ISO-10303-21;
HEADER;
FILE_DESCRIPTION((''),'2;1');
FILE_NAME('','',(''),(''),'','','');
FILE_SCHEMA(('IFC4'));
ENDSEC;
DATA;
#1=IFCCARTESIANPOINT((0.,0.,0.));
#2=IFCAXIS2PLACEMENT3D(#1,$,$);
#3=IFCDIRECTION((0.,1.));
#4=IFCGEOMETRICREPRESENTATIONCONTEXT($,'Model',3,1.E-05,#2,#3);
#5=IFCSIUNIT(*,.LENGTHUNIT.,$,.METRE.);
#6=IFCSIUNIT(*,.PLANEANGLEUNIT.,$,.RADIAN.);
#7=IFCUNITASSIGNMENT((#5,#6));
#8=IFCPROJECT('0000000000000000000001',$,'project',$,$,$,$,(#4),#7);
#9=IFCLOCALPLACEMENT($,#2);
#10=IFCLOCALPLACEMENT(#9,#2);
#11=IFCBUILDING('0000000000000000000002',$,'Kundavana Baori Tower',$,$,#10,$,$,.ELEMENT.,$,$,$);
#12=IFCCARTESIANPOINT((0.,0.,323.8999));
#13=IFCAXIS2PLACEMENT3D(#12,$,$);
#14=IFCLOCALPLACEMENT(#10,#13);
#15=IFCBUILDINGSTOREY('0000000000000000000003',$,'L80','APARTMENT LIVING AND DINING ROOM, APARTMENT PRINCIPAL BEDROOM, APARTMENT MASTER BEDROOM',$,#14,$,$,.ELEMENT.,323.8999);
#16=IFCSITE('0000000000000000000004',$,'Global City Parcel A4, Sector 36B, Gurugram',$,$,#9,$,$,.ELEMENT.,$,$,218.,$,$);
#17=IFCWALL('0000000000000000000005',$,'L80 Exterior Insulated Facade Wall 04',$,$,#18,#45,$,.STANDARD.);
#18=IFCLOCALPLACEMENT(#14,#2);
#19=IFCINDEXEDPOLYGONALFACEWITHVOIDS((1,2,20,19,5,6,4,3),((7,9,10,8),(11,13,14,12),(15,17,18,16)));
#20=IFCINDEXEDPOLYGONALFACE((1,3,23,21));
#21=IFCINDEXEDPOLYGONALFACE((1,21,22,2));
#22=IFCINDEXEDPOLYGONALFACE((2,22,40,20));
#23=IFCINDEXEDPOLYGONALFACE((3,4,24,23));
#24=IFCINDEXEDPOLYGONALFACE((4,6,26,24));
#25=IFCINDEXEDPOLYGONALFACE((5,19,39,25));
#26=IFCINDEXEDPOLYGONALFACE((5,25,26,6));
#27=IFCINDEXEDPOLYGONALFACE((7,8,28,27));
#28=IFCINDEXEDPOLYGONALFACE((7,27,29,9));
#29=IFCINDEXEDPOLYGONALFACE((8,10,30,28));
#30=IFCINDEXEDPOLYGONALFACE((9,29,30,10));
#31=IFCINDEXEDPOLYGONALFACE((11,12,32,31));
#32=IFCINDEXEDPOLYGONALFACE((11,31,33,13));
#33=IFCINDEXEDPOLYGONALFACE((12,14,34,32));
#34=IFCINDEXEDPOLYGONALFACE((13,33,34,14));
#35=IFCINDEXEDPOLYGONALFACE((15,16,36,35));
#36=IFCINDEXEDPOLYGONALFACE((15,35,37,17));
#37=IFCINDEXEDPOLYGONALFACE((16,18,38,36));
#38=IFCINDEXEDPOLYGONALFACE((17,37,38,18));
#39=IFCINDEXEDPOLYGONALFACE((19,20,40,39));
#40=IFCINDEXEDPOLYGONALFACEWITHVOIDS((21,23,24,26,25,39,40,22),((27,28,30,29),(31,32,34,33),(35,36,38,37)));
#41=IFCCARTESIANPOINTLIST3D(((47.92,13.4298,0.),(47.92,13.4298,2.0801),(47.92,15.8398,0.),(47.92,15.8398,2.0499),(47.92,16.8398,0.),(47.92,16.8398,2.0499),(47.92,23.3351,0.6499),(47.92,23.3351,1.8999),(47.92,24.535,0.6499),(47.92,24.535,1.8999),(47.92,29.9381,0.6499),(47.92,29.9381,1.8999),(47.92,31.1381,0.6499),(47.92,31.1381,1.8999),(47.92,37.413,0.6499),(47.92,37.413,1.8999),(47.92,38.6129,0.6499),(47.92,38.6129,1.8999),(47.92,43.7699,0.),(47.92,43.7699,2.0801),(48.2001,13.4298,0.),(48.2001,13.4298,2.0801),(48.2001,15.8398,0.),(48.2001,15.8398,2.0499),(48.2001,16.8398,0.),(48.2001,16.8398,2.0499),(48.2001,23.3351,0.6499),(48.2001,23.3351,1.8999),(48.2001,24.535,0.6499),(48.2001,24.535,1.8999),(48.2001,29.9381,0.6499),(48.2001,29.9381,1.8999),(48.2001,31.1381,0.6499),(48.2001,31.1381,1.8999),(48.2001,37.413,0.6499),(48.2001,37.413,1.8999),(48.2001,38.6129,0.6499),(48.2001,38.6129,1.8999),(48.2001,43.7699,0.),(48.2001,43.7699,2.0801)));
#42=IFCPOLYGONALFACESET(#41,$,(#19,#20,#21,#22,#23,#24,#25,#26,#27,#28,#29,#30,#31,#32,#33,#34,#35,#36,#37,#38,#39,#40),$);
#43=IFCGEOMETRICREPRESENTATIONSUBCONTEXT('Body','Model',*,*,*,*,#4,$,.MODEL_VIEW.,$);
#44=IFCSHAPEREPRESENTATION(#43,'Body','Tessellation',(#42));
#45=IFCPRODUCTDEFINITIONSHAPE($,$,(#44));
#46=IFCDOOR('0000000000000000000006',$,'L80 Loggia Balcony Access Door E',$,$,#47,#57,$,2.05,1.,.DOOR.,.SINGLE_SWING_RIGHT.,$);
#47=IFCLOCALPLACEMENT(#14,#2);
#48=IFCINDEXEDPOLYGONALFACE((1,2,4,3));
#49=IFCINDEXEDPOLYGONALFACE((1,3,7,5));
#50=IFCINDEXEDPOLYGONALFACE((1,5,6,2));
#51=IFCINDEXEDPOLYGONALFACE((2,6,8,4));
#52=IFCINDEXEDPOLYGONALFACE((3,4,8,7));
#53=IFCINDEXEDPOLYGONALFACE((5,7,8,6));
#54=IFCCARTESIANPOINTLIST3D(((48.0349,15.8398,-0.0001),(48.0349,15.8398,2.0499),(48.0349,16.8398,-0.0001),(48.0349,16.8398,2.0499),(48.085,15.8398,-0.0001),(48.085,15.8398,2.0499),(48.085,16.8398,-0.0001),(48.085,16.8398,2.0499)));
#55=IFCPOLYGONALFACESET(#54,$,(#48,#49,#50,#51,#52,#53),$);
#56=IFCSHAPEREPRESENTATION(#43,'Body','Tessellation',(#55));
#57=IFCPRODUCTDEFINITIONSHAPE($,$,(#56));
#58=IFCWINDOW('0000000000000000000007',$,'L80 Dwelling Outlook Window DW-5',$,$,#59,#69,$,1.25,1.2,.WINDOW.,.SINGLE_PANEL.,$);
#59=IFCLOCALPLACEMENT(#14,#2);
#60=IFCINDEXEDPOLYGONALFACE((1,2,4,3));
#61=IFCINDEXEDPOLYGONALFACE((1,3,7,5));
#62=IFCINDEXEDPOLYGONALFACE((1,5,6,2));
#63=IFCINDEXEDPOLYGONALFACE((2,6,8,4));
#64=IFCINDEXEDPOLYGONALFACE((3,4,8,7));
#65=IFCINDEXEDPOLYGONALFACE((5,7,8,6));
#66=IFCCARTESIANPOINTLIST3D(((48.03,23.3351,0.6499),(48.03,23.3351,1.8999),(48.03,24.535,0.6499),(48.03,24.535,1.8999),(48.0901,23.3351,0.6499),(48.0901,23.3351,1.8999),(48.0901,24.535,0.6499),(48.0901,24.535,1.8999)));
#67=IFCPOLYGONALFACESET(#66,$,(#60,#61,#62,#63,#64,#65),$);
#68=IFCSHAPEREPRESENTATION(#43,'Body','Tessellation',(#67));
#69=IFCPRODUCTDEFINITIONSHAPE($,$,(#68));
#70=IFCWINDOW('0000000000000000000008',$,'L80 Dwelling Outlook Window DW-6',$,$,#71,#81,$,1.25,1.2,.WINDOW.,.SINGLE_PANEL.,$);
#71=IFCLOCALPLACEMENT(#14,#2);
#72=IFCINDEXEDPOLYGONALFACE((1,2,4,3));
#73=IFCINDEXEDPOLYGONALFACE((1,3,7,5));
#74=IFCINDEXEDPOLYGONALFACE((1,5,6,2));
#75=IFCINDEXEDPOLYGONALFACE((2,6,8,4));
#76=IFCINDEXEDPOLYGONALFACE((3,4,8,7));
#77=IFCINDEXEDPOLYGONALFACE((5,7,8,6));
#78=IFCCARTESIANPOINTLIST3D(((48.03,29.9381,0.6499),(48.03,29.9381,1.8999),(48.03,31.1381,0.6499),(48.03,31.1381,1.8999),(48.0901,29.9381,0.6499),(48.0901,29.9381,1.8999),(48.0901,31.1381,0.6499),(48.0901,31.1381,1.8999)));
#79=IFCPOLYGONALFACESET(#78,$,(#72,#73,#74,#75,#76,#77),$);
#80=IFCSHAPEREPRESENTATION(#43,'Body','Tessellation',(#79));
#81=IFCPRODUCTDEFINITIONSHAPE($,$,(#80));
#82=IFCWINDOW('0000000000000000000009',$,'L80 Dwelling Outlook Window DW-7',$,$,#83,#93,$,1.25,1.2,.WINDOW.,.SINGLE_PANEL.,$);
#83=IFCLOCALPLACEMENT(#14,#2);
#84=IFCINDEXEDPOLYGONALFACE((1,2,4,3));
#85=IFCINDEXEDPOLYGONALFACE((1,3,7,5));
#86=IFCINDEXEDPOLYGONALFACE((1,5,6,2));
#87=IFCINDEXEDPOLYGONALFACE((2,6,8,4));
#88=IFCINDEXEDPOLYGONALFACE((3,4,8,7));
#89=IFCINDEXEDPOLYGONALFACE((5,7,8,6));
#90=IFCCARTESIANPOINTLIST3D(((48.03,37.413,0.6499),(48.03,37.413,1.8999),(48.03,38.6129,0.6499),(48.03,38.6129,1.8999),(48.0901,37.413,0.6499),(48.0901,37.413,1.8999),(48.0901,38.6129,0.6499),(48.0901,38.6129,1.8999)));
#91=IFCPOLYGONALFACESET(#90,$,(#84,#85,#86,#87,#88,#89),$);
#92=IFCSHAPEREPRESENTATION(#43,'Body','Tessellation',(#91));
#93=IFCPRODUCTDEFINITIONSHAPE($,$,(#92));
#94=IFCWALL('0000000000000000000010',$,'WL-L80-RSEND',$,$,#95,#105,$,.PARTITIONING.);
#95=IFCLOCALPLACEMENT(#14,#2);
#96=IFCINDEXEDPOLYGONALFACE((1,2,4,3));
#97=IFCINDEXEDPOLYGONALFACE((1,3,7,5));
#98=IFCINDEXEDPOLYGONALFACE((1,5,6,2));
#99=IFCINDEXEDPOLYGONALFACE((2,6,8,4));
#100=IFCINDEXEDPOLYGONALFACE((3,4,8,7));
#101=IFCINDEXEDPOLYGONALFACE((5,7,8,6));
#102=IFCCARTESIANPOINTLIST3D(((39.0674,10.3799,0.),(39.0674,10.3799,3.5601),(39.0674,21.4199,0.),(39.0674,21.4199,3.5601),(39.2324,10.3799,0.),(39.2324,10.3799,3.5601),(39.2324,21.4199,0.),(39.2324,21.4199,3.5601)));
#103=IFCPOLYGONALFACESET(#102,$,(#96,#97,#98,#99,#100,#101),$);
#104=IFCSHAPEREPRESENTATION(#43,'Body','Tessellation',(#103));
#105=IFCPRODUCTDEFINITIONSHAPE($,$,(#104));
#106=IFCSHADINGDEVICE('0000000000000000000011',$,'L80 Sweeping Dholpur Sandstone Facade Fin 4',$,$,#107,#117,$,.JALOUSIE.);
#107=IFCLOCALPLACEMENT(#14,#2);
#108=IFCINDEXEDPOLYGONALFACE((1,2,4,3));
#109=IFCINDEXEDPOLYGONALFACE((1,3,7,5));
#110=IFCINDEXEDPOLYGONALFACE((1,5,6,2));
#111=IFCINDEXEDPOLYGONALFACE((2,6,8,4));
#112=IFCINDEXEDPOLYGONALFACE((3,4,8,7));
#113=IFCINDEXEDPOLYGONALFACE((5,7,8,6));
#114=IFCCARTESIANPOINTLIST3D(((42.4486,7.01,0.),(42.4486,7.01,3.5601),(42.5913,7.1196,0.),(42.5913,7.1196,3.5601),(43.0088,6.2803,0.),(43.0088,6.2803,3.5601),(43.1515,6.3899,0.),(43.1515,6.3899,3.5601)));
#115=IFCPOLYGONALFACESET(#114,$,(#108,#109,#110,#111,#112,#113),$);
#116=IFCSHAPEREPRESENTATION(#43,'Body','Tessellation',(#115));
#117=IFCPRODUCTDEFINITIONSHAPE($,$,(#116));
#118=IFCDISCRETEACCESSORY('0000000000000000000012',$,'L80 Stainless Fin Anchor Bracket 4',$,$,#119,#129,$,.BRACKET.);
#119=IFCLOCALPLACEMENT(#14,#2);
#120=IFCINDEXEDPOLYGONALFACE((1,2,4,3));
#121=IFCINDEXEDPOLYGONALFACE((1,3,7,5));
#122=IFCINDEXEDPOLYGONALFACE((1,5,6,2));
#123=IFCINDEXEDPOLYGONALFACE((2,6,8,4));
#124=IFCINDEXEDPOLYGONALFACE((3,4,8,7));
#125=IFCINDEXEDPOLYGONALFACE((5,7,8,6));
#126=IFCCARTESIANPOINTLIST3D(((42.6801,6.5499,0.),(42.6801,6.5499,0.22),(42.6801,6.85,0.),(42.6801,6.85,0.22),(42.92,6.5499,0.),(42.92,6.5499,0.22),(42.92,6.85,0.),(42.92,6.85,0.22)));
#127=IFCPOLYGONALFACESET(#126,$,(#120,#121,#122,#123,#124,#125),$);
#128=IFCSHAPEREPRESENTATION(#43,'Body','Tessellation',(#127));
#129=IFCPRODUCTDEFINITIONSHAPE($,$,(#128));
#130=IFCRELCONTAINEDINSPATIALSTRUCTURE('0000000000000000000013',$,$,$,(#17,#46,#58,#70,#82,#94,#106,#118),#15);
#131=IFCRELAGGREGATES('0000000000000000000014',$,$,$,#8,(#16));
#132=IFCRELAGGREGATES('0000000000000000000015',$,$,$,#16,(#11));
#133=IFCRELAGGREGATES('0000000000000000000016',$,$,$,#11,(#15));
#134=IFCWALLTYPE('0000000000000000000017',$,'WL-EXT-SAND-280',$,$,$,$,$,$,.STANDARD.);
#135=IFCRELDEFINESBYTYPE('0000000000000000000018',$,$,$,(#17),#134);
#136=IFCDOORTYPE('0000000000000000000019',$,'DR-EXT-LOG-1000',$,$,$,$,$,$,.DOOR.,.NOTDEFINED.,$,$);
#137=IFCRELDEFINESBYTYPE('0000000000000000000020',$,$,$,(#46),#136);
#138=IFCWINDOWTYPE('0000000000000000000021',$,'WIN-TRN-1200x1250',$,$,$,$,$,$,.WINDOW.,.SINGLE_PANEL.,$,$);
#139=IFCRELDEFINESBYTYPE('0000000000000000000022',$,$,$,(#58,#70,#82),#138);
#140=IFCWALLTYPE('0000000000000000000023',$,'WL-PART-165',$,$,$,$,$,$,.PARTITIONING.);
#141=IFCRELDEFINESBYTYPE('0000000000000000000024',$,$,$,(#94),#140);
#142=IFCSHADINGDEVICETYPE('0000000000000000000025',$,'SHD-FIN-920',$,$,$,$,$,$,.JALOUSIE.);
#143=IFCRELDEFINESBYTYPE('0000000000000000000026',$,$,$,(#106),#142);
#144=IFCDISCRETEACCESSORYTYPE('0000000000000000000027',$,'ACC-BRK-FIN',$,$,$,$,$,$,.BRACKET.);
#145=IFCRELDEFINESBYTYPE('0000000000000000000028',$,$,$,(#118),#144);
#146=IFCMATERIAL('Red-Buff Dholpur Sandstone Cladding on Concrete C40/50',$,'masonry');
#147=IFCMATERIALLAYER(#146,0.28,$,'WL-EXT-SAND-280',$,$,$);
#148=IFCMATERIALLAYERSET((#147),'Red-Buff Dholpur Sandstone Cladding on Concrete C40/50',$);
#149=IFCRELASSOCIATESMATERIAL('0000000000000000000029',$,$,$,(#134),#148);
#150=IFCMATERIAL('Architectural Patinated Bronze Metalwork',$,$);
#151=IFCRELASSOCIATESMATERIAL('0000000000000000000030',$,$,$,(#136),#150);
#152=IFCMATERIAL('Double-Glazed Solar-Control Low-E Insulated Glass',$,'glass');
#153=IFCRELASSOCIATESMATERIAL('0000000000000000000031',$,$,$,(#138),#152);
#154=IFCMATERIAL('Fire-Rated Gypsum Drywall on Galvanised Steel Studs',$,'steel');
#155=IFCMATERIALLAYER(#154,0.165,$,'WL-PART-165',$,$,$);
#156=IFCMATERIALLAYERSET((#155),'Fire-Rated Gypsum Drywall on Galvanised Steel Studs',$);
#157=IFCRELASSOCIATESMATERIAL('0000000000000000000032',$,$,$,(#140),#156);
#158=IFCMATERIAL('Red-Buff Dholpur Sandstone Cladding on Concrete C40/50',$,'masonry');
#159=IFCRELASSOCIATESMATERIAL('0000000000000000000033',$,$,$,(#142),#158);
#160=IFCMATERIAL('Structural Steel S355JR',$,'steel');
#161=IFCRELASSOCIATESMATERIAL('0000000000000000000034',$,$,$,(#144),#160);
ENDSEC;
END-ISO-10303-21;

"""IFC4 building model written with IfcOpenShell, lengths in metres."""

from ifc_helpers import new_model, si_unit, direction, frame, frame_2d, origin, origin_2d, place, context, subcontext, project, spatial, rectangle, extrude, material, layer, layer_set, type_object, element, fill, save


model = new_model("IFC4")

# Units and contexts
model_context = context("Model", 3, precision=1e-05, world=origin(), true_north=direction((0.0, 1.0)))
body_context = subcontext(model_context, "Body", "Model", "MODEL_VIEW")
ifc_project = project(units=[si_unit("LENGTHUNIT", "METRE"), si_unit("PLANEANGLEUNIT", "RADIAN")], contexts=[model_context])

# Site, building, storey
site_placement = place(None, origin())
site = spatial("IfcSite", under=ifc_project, at=site_placement, Name="Global City Parcel A4, Sector 36B, Gurugram", CompositionType="ELEMENT", RefElevation=218.0)
building_placement = place(site_placement, origin())
building = spatial("IfcBuilding", under=site, at=building_placement, Name="Kundavana Baori Tower", CompositionType="ELEMENT")
storey_placement = place(building_placement, frame((0.0, 0.0, 323.8999)))
storey = spatial("IfcBuildingStorey", under=building, at=storey_placement, Name="L80", Description="APARTMENT LIVING AND DINING ROOM, APARTMENT PRINCIPAL BEDROOM, APARTMENT MASTER BEDROOM", CompositionType="ELEMENT", Elevation=323.8999)

# Shared definitions
ifc_material_1 = material(Name="Red-Buff Dholpur Sandstone Cladding on Concrete C40/50", Category="masonry")
ifc_layer_1 = layer(ifc_material_1, 0.28, Name="WL-EXT-SAND-280")
ifc_layer_set_1 = layer_set([ifc_layer_1], Name="Red-Buff Dholpur Sandstone Cladding on Concrete C40/50")
wall_type_1 = type_object("IfcWallType", Name="WL-EXT-SAND-280", PredefinedType="STANDARD", material=ifc_layer_set_1)

# Wall, openings, door, windows
wall_1_placement = place(storey_placement, frame((48.0601, 13.4299, 0.0), z_axis=(0.0, 0.0, 1.0), x_axis=(0.0, 1.0, 0.0)))
wall_1 = element("IfcWall", 1, at=wall_1_placement, inside=storey, type_object=wall_type_1, Name="L80 Exterior Insulated Facade Wall 04", PredefinedType="STANDARD", context=body_context, shape_type="SweptSolid", body=[
    extrude(rectangle(XDim=30.3401, YDim=0.28, at=frame_2d((15.1699, 0.0))), origin(), (0.0, 0.0, 1.0), 2.0801),
])
opening_1_placement = place(wall_1_placement, frame((2.4099, 0.0, 0.0)))
opening_1 = element("IfcOpeningElement", 2, at=opening_1_placement, cuts=wall_1, PredefinedType="OPENING", context=body_context, shape_type="SweptSolid", body=[
    extrude(rectangle(XDim=1.0, YDim=2.05, at=frame_2d((0.5, 1.0249))), frame((0.0, 0.1499, 0.0), z_axis=(0.0, -1.0, 0.0), x_axis=(1.0, 0.0, 0.0)), (0.0, 0.0, 1.0), 0.3),
])
opening_2_placement = place(wall_1_placement, frame((9.905, 0.0, 0.6499)))
opening_2 = element("IfcOpeningElement", 3, at=opening_2_placement, cuts=wall_1, PredefinedType="OPENING", context=body_context, shape_type="SweptSolid", body=[
    extrude(rectangle(XDim=1.2, YDim=1.25, at=frame_2d((0.6001, 0.625))), frame((0.0, 0.1499, 0.0), z_axis=(0.0, -1.0, 0.0), x_axis=(1.0, 0.0, 0.0)), (0.0, 0.0, 1.0), 0.3),
])
opening_3_placement = place(wall_1_placement, frame((16.5081, 0.0, 0.6499)))
opening_3 = element("IfcOpeningElement", 4, at=opening_3_placement, cuts=wall_1, PredefinedType="OPENING", context=body_context, shape_type="SweptSolid", body=[
    extrude(rectangle(XDim=1.2, YDim=1.25, at=frame_2d((0.6001, 0.625))), frame((0.0, 0.1499, 0.0), z_axis=(0.0, -1.0, 0.0), x_axis=(1.0, 0.0, 0.0)), (0.0, 0.0, 1.0), 0.3),
])
opening_4_placement = place(wall_1_placement, frame((23.9829, 0.0, 0.6499)))
opening_4 = element("IfcOpeningElement", 5, at=opening_4_placement, cuts=wall_1, PredefinedType="OPENING", context=body_context, shape_type="SweptSolid", body=[
    extrude(rectangle(XDim=1.2, YDim=1.25, at=frame_2d((0.6001, 0.625))), frame((0.0, 0.1499, 0.0), z_axis=(0.0, -1.0, 0.0), x_axis=(1.0, 0.0, 0.0)), (0.0, 0.0, 1.0), 0.3),
])
ifc_material_2 = material(Name="Architectural Patinated Bronze Metalwork")
door_type = type_object("IfcDoorType", Name="DR-EXT-LOG-1000", OperationType="NOTDEFINED", PredefinedType="DOOR", material=ifc_material_2)
door_placement = place(opening_1_placement, frame((1.0, 0.0, 0.0), z_axis=(0.0, 0.0, 1.0), x_axis=(-1.0, 0.0, 0.0)))
door = element("IfcDoor", 6, at=door_placement, inside=storey, type_object=door_type, Name="L80 Loggia Balcony Access Door E", OperationType="SINGLE_SWING_RIGHT", OverallHeight=2.05, OverallWidth=1.0, PredefinedType="DOOR", context=body_context, shape_type="SweptSolid", body=[
    extrude(rectangle(XDim=1.0, YDim=2.05, at=frame_2d((0.5, 1.0249))), frame((0.0, 0.0249, 0.0), z_axis=(0.0, -1.0, 0.0), x_axis=(1.0, 0.0, 0.0)), (0.0, 0.0, 1.0), 0.05),
])
fill(opening_1, door)
ifc_material_3 = material(Name="Double-Glazed Solar-Control Low-E Insulated Glass", Category="glass")
window_type = type_object("IfcWindowType", Name="WIN-TRN-1200x1250", PartitioningType="SINGLE_PANEL", PredefinedType="WINDOW", material=ifc_material_3)
window_1_placement = place(opening_2_placement, origin())
window_1 = element("IfcWindow", 7, at=window_1_placement, inside=storey, type_object=window_type, Name="L80 Dwelling Outlook Window DW-5", OverallHeight=1.25, OverallWidth=1.2, PartitioningType="SINGLE_PANEL", PredefinedType="WINDOW", context=body_context, shape_type="SweptSolid", body=[
    extrude(rectangle(XDim=1.2, YDim=1.25, at=frame_2d((0.6001, 0.625))), frame((0.0, 0.03, 0.0), z_axis=(0.0, -1.0, 0.0), x_axis=(1.0, 0.0, 0.0)), (0.0, 0.0, 1.0), 0.0601),
])
fill(opening_2, window_1)
window_2_placement = place(opening_3_placement, origin())
window_2 = element("IfcWindow", 8, at=window_2_placement, inside=storey, type_object=window_type, Name="L80 Dwelling Outlook Window DW-6", OverallHeight=1.25, OverallWidth=1.2, PartitioningType="SINGLE_PANEL", PredefinedType="WINDOW", context=body_context, shape_type="SweptSolid", body=[
    extrude(rectangle(XDim=1.2, YDim=1.25, at=frame_2d((0.6001, 0.625))), frame((0.0, 0.03, 0.0), z_axis=(0.0, -1.0, 0.0), x_axis=(1.0, 0.0, 0.0)), (0.0, 0.0, 1.0), 0.0601),
])
fill(opening_3, window_2)
window_3_placement = place(opening_4_placement, origin())
window_3 = element("IfcWindow", 9, at=window_3_placement, inside=storey, type_object=window_type, Name="L80 Dwelling Outlook Window DW-7", OverallHeight=1.25, OverallWidth=1.2, PartitioningType="SINGLE_PANEL", PredefinedType="WINDOW", context=body_context, shape_type="SweptSolid", body=[
    extrude(rectangle(XDim=1.2, YDim=1.25, at=frame_2d((0.6001, 0.625))), frame((0.0, 0.03, 0.0), z_axis=(0.0, -1.0, 0.0), x_axis=(1.0, 0.0, 0.0)), (0.0, 0.0, 1.0), 0.0601),
])
fill(opening_4, window_3)

# Wall
ifc_material_4 = material(Name="Fire-Rated Gypsum Drywall on Galvanised Steel Studs", Category="steel")
ifc_layer_2 = layer(ifc_material_4, 0.165, Name="WL-PART-165")
ifc_layer_set_2 = layer_set([ifc_layer_2], Name="Fire-Rated Gypsum Drywall on Galvanised Steel Studs")
wall_type_2 = type_object("IfcWallType", Name="WL-PART-165", PredefinedType="PARTITIONING", material=ifc_layer_set_2)
wall_2_placement = place(storey_placement, frame((39.1499, 10.3799, 0.0), z_axis=(0.0, 0.0, 1.0), x_axis=(0.0, 1.0, 0.0)))
element("IfcWall", 10, at=wall_2_placement, inside=storey, type_object=wall_type_2, Name="WL-L80-RSEND", PredefinedType="PARTITIONING", context=body_context, shape_type="SweptSolid", body=[
    extrude(rectangle(XDim=11.04, YDim=0.165, at=frame_2d((5.52, 0.0))), origin(), (0.0, 0.0, 1.0), 3.5601),
])

# Shading device
ifc_material_5 = material(Name="Red-Buff Dholpur Sandstone Cladding on Concrete C40/50", Category="masonry")
shading_device_type = type_object("IfcShadingDeviceType", Name="SHD-FIN-920", PredefinedType="JALOUSIE", material=ifc_material_5)
shading_device_placement = place(storey_placement, frame((42.8, 6.7, 0.0), z_axis=(0.0, 0.0, 1.0), x_axis=(0.793247, 0.6089, 0.0)))
element("IfcShadingDevice", 11, at=shading_device_placement, inside=storey, type_object=shading_device_type, Name="L80 Sweeping Dholpur Sandstone Facade Fin 4", PredefinedType="JALOUSIE", context=body_context, shape_type="SweptSolid", body=[
    extrude(rectangle(XDim=0.1799, YDim=0.9199, at=origin_2d()), origin(), (0.0, 0.0, 1.0), 3.5601),
])

# Discrete accessory
ifc_material_6 = material(Name="Structural Steel S355JR", Category="steel")
discrete_accessory_type = type_object("IfcDiscreteAccessoryType", Name="ACC-BRK-FIN", PredefinedType="BRACKET", material=ifc_material_6)
discrete_accessory_placement = place(storey_placement, frame((42.8, 6.7, 0.0), z_axis=(0.0, 0.0, 1.0), x_axis=(1.0, 0.0, 0.0)))
element("IfcDiscreteAccessory", 12, at=discrete_accessory_placement, inside=storey, type_object=discrete_accessory_type, Name="L80 Stainless Fin Anchor Bracket 4", PredefinedType="BRACKET", context=body_context, shape_type="SweptSolid", body=[
    extrude(rectangle(XDim=0.24, YDim=0.3, at=origin_2d()), origin(), (0.0, 0.0, 1.0), 0.22),
])

save(model, "model.ifc")
